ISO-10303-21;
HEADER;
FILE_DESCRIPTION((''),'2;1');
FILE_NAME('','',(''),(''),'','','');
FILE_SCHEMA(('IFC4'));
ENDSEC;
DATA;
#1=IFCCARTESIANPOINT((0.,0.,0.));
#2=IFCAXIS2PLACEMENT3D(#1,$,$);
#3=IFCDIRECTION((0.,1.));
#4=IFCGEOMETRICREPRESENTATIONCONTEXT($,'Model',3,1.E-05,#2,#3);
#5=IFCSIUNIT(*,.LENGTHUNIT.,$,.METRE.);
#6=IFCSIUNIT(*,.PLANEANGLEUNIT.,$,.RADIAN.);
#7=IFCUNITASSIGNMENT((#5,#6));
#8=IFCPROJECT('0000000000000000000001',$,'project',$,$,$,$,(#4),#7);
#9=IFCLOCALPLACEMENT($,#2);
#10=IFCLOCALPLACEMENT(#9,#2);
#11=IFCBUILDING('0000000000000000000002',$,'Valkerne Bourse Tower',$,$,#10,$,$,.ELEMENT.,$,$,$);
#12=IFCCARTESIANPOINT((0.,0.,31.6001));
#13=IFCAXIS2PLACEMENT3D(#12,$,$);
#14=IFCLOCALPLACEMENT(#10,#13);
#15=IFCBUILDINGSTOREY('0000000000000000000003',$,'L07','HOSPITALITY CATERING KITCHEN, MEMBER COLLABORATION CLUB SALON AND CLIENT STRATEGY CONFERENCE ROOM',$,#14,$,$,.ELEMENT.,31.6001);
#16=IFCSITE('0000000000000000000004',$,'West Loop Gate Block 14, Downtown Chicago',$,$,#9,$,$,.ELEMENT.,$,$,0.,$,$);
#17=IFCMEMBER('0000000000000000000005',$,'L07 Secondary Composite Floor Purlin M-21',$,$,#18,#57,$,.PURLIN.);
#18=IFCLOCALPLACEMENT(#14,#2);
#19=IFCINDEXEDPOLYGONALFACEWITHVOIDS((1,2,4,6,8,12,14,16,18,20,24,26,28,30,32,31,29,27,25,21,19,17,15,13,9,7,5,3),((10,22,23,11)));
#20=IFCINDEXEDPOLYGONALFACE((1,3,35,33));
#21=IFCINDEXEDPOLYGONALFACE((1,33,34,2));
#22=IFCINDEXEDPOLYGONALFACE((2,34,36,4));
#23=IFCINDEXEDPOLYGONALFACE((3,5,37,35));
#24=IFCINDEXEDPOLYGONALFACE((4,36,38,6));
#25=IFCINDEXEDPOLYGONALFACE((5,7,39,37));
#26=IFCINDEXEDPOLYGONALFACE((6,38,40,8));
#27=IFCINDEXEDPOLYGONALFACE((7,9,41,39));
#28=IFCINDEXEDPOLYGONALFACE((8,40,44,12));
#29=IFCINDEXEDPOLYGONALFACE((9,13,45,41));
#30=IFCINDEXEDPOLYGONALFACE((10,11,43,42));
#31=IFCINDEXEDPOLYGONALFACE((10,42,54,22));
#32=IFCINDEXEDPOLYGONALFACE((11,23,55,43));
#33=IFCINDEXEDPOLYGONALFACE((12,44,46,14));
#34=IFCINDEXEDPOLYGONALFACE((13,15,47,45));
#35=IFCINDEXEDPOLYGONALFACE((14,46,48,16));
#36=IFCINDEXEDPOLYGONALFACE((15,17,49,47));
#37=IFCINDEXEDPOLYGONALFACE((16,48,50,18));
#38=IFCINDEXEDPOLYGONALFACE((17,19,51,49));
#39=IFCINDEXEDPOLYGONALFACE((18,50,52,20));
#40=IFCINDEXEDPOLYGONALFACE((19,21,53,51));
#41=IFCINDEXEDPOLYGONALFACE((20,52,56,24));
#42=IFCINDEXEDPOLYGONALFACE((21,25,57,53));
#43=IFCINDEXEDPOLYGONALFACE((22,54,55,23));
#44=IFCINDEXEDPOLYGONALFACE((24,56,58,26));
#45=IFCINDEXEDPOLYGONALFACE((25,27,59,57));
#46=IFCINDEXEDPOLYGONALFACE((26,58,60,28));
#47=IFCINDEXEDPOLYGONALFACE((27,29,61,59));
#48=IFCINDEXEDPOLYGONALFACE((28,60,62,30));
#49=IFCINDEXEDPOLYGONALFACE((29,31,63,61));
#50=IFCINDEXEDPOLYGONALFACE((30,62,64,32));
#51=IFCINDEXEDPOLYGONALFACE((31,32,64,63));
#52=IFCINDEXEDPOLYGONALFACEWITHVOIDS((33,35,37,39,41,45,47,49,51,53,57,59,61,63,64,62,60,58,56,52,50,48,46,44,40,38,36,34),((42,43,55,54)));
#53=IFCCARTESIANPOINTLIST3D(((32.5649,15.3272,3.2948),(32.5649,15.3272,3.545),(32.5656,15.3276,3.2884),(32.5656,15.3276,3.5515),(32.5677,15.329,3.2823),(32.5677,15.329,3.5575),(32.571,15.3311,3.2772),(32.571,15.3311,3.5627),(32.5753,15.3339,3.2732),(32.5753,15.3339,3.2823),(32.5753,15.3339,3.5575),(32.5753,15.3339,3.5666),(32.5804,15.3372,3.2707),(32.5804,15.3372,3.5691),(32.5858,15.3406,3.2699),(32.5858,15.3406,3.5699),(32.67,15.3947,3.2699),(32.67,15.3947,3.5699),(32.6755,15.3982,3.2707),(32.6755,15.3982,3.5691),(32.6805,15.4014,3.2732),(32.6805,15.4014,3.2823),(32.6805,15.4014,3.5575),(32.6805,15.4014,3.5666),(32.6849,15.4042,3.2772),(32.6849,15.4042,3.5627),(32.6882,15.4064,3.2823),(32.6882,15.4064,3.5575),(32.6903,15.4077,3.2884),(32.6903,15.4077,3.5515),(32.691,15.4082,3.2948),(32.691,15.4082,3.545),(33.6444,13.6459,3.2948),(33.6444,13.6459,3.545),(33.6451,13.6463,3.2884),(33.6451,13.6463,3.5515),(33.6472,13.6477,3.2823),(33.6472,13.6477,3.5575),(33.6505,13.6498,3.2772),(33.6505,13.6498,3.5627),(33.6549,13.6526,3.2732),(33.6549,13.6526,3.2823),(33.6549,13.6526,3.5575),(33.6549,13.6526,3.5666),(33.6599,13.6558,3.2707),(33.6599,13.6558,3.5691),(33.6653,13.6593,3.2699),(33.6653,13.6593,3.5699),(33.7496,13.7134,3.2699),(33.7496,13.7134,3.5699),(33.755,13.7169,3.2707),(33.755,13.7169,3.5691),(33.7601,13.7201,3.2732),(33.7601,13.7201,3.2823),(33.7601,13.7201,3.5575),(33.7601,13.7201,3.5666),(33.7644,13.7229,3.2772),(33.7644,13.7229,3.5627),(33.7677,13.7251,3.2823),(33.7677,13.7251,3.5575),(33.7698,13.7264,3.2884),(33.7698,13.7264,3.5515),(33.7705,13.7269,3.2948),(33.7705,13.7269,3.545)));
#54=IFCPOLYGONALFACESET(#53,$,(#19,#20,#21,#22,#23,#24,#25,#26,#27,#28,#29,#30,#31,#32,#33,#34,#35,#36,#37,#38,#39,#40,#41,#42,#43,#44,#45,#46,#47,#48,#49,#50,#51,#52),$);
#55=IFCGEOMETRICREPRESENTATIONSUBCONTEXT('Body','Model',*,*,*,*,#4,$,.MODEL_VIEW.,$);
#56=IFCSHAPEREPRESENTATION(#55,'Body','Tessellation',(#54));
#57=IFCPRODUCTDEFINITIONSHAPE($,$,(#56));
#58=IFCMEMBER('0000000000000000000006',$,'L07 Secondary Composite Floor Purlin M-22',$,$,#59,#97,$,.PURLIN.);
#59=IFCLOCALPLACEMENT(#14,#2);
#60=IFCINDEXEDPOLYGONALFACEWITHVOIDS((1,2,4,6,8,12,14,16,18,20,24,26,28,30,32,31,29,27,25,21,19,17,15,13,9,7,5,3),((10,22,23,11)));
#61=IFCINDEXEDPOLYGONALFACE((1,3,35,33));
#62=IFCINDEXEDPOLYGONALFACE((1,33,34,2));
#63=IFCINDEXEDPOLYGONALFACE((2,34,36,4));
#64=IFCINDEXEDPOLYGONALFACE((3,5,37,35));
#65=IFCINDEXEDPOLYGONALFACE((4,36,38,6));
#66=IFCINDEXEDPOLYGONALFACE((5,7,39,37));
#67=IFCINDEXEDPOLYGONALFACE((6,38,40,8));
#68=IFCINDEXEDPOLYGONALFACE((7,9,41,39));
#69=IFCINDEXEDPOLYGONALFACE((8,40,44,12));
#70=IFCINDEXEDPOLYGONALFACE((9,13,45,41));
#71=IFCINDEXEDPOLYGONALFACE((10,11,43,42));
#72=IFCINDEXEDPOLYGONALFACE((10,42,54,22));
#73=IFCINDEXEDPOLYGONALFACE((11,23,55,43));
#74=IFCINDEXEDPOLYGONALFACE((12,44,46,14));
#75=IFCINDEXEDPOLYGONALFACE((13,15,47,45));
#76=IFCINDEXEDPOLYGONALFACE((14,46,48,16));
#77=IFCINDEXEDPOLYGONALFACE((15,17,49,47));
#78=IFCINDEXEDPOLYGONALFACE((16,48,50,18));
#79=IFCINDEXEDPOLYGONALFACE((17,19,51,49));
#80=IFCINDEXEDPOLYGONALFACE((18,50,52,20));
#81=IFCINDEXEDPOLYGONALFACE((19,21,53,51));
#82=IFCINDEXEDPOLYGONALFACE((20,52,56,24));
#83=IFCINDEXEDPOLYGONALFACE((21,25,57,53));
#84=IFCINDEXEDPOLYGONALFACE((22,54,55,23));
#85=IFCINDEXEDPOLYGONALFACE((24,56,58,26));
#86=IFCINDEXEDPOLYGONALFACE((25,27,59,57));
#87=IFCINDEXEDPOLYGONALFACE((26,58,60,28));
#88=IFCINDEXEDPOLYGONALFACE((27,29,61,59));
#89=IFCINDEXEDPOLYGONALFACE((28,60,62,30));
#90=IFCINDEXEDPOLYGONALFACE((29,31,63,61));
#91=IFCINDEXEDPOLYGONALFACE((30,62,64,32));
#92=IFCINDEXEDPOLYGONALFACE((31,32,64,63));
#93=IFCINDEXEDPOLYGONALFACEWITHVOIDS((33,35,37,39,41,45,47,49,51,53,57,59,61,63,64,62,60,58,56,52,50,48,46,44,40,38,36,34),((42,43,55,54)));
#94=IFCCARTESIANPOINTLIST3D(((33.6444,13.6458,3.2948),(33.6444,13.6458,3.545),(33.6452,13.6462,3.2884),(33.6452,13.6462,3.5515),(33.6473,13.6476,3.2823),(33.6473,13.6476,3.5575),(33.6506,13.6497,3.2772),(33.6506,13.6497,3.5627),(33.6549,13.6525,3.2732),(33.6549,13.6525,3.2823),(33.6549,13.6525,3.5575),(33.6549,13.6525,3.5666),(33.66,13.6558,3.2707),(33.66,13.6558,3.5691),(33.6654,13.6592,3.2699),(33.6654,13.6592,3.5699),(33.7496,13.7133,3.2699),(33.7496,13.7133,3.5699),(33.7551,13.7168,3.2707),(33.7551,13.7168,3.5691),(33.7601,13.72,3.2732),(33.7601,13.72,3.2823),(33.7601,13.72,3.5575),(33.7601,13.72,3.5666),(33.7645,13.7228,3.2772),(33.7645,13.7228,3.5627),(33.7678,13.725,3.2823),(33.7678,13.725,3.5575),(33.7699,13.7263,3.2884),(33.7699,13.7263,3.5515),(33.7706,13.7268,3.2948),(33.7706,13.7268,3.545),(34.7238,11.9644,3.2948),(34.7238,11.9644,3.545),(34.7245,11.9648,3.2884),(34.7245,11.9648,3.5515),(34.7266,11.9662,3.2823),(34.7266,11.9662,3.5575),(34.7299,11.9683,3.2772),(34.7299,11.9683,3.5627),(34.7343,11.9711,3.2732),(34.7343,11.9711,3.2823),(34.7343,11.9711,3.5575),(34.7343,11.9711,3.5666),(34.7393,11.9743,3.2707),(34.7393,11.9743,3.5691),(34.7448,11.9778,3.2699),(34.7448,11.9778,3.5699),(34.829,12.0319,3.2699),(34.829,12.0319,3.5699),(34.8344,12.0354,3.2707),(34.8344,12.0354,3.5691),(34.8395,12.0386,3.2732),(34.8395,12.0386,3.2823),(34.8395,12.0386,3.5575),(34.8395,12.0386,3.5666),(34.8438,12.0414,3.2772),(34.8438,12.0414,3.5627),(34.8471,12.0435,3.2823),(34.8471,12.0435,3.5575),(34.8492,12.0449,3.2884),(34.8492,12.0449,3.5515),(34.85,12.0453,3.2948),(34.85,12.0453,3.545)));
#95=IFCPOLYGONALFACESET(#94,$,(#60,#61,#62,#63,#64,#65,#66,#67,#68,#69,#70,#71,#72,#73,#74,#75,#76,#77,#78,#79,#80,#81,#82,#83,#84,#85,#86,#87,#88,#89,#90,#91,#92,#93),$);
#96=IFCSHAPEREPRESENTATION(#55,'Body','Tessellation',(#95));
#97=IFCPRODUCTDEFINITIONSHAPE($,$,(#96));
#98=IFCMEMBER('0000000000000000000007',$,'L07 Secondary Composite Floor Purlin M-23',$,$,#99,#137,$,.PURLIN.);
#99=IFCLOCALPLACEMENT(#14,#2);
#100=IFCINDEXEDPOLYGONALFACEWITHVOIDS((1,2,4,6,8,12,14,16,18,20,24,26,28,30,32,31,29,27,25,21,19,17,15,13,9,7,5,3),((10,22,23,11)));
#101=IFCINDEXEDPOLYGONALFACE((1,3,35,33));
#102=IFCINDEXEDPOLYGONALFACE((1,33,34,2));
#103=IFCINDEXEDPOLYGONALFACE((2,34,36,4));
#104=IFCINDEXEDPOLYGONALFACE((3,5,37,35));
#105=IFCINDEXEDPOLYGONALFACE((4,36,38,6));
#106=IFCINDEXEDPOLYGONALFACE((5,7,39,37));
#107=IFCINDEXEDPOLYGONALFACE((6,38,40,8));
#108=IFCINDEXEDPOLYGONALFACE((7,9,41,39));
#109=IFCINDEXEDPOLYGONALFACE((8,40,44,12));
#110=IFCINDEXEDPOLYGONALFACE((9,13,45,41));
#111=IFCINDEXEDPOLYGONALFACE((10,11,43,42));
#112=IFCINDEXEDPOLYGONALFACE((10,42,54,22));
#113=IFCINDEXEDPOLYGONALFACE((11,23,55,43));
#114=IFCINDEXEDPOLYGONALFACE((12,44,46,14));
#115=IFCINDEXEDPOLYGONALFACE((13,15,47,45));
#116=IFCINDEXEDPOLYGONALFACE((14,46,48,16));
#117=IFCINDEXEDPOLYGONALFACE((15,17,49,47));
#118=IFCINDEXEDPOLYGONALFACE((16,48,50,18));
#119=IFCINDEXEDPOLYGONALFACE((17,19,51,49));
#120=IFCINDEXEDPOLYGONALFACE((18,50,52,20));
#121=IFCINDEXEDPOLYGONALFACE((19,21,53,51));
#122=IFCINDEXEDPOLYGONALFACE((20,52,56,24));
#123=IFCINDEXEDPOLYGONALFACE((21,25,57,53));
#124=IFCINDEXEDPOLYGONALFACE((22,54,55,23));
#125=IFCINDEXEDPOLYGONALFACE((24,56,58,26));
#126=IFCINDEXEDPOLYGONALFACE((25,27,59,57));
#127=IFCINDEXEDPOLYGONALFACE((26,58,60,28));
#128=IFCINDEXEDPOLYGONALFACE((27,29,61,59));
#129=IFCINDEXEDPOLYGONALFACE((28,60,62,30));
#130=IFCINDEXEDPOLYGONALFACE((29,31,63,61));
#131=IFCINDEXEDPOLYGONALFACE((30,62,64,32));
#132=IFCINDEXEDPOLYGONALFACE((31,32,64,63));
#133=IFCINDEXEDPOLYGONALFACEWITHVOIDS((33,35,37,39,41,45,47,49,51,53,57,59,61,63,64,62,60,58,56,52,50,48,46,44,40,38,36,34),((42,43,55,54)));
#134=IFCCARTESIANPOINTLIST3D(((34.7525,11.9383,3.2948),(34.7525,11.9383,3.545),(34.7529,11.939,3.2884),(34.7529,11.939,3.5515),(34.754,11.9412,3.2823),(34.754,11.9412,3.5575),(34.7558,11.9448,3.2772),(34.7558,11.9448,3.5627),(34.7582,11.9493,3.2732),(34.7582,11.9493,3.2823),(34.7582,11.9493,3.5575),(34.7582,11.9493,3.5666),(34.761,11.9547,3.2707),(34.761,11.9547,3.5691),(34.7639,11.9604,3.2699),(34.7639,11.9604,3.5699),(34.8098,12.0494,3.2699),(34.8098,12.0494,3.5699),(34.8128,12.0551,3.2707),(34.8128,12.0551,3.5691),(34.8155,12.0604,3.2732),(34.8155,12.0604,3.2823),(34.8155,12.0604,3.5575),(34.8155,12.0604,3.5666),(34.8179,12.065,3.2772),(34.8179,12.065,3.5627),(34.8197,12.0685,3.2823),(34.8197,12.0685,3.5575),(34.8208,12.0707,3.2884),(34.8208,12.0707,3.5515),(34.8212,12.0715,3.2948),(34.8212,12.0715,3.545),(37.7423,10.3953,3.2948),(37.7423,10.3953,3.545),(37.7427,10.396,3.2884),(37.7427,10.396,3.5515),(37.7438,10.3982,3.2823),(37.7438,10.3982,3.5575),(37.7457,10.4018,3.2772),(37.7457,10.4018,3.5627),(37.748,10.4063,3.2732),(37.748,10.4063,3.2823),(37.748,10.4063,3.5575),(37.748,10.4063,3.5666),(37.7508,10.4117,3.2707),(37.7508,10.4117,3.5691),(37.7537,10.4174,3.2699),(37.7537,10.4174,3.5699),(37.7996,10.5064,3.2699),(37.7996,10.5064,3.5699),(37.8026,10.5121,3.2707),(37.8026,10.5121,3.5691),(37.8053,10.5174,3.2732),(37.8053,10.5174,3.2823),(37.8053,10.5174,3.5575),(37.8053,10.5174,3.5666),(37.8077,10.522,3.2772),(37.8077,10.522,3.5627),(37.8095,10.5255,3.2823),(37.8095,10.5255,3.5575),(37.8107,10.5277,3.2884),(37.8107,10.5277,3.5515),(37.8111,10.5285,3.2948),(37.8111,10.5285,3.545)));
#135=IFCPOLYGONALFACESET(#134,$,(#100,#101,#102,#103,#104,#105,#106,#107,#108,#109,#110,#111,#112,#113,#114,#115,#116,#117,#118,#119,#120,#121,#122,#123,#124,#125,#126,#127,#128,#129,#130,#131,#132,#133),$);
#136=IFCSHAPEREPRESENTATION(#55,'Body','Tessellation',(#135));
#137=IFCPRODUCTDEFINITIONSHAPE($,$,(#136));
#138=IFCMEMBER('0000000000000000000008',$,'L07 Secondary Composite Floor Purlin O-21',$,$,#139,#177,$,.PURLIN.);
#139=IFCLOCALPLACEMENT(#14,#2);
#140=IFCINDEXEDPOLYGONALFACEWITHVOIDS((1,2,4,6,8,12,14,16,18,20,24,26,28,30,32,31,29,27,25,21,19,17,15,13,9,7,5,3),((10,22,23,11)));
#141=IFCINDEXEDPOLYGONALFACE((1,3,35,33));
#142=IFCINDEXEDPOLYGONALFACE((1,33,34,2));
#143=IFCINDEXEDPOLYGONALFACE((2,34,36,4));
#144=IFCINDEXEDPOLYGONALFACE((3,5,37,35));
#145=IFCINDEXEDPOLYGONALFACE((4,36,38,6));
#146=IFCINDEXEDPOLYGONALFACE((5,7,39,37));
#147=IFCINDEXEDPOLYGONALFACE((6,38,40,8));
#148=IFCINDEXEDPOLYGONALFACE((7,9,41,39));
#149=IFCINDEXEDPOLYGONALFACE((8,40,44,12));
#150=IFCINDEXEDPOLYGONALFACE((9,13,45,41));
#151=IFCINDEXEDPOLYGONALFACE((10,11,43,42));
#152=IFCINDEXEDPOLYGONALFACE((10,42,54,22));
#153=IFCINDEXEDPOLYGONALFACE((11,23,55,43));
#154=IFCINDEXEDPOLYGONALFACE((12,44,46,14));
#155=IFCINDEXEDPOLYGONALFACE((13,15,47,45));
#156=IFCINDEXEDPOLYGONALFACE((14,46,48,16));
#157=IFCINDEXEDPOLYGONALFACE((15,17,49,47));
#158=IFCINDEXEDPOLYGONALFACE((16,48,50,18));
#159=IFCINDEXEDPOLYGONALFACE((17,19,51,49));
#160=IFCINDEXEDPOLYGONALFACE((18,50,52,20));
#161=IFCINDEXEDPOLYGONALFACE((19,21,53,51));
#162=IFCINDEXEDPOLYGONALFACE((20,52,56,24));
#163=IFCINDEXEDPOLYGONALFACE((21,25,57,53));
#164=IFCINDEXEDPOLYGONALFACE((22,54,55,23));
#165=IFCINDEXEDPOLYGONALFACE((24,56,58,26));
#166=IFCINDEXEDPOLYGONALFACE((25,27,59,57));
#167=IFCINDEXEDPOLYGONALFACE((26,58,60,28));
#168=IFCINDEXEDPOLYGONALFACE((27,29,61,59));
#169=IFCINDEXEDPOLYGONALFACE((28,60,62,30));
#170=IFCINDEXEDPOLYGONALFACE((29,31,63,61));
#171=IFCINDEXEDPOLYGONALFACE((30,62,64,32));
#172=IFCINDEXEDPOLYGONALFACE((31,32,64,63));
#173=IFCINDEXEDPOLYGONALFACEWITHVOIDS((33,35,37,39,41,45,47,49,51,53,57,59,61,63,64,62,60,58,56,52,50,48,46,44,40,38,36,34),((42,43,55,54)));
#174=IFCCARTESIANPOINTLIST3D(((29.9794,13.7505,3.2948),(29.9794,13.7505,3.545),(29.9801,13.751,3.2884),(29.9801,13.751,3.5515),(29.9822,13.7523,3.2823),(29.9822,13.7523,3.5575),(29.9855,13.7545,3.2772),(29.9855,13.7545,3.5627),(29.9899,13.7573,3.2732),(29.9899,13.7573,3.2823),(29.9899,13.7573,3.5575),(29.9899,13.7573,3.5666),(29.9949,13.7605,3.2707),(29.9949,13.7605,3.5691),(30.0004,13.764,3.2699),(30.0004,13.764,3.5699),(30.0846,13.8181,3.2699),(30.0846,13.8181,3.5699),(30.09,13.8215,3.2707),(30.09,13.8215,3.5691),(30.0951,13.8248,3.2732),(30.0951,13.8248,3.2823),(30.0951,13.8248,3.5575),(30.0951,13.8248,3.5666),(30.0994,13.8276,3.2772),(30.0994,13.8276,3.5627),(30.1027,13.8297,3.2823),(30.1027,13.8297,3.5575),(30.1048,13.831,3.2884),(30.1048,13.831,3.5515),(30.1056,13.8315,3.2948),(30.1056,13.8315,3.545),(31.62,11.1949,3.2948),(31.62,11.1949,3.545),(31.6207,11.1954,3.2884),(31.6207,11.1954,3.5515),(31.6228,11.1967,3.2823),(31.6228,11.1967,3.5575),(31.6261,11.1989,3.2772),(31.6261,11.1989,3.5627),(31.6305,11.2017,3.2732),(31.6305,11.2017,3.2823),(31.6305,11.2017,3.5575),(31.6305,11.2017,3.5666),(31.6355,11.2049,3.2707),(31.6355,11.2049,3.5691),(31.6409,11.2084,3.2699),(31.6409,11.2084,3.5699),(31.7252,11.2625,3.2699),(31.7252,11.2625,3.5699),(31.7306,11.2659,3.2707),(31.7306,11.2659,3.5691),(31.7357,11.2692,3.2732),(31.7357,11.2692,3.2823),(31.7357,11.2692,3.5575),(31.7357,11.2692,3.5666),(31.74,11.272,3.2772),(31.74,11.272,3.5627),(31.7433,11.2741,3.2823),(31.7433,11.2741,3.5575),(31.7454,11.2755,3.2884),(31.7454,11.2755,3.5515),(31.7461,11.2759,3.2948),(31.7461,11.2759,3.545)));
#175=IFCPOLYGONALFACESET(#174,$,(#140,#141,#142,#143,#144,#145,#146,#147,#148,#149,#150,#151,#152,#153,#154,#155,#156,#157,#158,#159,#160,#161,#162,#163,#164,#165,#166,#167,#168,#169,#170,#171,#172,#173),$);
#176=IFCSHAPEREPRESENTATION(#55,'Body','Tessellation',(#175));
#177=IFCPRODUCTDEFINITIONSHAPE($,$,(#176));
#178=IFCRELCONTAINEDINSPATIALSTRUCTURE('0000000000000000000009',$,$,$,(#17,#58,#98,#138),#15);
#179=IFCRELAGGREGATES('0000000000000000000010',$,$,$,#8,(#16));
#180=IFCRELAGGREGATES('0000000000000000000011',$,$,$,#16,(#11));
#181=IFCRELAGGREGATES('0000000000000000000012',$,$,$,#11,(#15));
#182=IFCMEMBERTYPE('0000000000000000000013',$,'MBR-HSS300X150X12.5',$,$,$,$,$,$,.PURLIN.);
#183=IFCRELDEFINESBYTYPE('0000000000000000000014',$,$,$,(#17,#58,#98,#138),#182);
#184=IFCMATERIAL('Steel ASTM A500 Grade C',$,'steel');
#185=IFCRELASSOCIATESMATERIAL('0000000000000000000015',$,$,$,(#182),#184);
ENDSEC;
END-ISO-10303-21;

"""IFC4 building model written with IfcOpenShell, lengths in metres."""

from ifc_helpers import new_model, si_unit, direction, frame, origin, origin_2d, place, context, subcontext, project, spatial, hollow_rectangle, extrude, material, material_profile, profile_set, type_object, element, save


model = new_model("IFC4")

# Units and contexts
model_context = context("Model", 3, precision=1e-05, world=origin(), true_north=direction((0.0, 1.0)))
body_context = subcontext(model_context, "Body", "Model", "MODEL_VIEW")
ifc_project = project(units=[si_unit("LENGTHUNIT", "METRE"), si_unit("PLANEANGLEUNIT", "RADIAN")], contexts=[model_context])

# Site, building, storey
site_placement = place(None, origin())
site = spatial("IfcSite", under=ifc_project, at=site_placement, Name="West Loop Gate Block 14, Downtown Chicago", CompositionType="ELEMENT", RefElevation=0.0)
building_placement = place(site_placement, origin())
building = spatial("IfcBuilding", under=site, at=building_placement, Name="Valkerne Bourse Tower", CompositionType="ELEMENT")
storey_placement = place(building_placement, frame((0.0, 0.0, 31.6001)))
storey = spatial("IfcBuildingStorey", under=building, at=storey_placement, Name="L07", Description="HOSPITALITY CATERING KITCHEN, MEMBER COLLABORATION CLUB SALON AND CLIENT STRATEGY CONFERENCE ROOM", CompositionType="ELEMENT", Elevation=31.6001)

# Members
ifc_material_1 = material(Name="Steel ASTM A500 Grade C", Category="steel")
ifc_material_profile_1 = material_profile(ifc_material_1, hollow_rectangle(XDim=0.1499, YDim=0.3, WallThickness=0.0125, OuterFilletRadius=0.0249, at=origin_2d()), Name="HSS300X150X12.5")
ifc_profile_set_1 = profile_set([ifc_material_profile_1], Name="Steel ASTM A500 Grade C")
member_type_1 = type_object("IfcMemberType", Name="MBR-HSS300X150X12.5", PredefinedType="PURLIN", material=ifc_profile_set_1)
for number, where, z_axis, x_axis, name in (
    (1, (32.6279, 15.3677, 3.4199), (0.540294, -0.841476, 0.0), (0.841476, 0.540294, 0.0), "L07 Secondary Composite Floor Purlin M-21"),
    (2, (33.7075, 13.6863, 3.4199), (0.540208, -0.841532, 0.0), (0.841532, 0.540208, 0.0), "L07 Secondary Composite Floor Purlin M-22"),
):
    element("IfcMember", number, at=place(storey_placement, frame(where, z_axis=z_axis, x_axis=x_axis)), inside=storey, type_object=member_type_1, Name=name, PredefinedType="PURLIN", context=body_context, shape_type="SweptSolid", body=[
        extrude(hollow_rectangle(XDim=0.1499, YDim=0.3, WallThickness=0.0125, OuterFilletRadius=0.0249, at=origin_2d()), origin(), (0.0, 0.0, 1.0), 1.998),
    ])
member_1_placement = place(storey_placement, frame((34.7869, 12.0049, 3.4199), z_axis=(0.888636, -0.458613, 0.0), x_axis=(0.458613, 0.888636, 0.0)))
element("IfcMember", 3, at=member_1_placement, inside=storey, type_object=member_type_1, Name="L07 Secondary Composite Floor Purlin M-23", PredefinedType="PURLIN", context=body_context, shape_type="SweptSolid", body=[
    extrude(hollow_rectangle(XDim=0.1499, YDim=0.3, WallThickness=0.0125, OuterFilletRadius=0.0249, at=origin_2d()), origin(), (0.0, 0.0, 1.0), 3.3645),
])
member_2_placement = place(storey_placement, frame((30.0425, 13.791, 3.4199), z_axis=(0.540221, -0.841523, 0.0), x_axis=(0.841523, 0.540221, 0.0)))
element("IfcMember", 4, at=member_2_placement, inside=storey, type_object=member_type_1, Name="L07 Secondary Composite Floor Purlin O-21", PredefinedType="PURLIN", context=body_context, shape_type="SweptSolid", body=[
    extrude(hollow_rectangle(XDim=0.1499, YDim=0.3, WallThickness=0.0125, OuterFilletRadius=0.0249, at=origin_2d()), origin(), (0.0, 0.0, 1.0), 3.0369),
])

save(model, "model.ifc")
